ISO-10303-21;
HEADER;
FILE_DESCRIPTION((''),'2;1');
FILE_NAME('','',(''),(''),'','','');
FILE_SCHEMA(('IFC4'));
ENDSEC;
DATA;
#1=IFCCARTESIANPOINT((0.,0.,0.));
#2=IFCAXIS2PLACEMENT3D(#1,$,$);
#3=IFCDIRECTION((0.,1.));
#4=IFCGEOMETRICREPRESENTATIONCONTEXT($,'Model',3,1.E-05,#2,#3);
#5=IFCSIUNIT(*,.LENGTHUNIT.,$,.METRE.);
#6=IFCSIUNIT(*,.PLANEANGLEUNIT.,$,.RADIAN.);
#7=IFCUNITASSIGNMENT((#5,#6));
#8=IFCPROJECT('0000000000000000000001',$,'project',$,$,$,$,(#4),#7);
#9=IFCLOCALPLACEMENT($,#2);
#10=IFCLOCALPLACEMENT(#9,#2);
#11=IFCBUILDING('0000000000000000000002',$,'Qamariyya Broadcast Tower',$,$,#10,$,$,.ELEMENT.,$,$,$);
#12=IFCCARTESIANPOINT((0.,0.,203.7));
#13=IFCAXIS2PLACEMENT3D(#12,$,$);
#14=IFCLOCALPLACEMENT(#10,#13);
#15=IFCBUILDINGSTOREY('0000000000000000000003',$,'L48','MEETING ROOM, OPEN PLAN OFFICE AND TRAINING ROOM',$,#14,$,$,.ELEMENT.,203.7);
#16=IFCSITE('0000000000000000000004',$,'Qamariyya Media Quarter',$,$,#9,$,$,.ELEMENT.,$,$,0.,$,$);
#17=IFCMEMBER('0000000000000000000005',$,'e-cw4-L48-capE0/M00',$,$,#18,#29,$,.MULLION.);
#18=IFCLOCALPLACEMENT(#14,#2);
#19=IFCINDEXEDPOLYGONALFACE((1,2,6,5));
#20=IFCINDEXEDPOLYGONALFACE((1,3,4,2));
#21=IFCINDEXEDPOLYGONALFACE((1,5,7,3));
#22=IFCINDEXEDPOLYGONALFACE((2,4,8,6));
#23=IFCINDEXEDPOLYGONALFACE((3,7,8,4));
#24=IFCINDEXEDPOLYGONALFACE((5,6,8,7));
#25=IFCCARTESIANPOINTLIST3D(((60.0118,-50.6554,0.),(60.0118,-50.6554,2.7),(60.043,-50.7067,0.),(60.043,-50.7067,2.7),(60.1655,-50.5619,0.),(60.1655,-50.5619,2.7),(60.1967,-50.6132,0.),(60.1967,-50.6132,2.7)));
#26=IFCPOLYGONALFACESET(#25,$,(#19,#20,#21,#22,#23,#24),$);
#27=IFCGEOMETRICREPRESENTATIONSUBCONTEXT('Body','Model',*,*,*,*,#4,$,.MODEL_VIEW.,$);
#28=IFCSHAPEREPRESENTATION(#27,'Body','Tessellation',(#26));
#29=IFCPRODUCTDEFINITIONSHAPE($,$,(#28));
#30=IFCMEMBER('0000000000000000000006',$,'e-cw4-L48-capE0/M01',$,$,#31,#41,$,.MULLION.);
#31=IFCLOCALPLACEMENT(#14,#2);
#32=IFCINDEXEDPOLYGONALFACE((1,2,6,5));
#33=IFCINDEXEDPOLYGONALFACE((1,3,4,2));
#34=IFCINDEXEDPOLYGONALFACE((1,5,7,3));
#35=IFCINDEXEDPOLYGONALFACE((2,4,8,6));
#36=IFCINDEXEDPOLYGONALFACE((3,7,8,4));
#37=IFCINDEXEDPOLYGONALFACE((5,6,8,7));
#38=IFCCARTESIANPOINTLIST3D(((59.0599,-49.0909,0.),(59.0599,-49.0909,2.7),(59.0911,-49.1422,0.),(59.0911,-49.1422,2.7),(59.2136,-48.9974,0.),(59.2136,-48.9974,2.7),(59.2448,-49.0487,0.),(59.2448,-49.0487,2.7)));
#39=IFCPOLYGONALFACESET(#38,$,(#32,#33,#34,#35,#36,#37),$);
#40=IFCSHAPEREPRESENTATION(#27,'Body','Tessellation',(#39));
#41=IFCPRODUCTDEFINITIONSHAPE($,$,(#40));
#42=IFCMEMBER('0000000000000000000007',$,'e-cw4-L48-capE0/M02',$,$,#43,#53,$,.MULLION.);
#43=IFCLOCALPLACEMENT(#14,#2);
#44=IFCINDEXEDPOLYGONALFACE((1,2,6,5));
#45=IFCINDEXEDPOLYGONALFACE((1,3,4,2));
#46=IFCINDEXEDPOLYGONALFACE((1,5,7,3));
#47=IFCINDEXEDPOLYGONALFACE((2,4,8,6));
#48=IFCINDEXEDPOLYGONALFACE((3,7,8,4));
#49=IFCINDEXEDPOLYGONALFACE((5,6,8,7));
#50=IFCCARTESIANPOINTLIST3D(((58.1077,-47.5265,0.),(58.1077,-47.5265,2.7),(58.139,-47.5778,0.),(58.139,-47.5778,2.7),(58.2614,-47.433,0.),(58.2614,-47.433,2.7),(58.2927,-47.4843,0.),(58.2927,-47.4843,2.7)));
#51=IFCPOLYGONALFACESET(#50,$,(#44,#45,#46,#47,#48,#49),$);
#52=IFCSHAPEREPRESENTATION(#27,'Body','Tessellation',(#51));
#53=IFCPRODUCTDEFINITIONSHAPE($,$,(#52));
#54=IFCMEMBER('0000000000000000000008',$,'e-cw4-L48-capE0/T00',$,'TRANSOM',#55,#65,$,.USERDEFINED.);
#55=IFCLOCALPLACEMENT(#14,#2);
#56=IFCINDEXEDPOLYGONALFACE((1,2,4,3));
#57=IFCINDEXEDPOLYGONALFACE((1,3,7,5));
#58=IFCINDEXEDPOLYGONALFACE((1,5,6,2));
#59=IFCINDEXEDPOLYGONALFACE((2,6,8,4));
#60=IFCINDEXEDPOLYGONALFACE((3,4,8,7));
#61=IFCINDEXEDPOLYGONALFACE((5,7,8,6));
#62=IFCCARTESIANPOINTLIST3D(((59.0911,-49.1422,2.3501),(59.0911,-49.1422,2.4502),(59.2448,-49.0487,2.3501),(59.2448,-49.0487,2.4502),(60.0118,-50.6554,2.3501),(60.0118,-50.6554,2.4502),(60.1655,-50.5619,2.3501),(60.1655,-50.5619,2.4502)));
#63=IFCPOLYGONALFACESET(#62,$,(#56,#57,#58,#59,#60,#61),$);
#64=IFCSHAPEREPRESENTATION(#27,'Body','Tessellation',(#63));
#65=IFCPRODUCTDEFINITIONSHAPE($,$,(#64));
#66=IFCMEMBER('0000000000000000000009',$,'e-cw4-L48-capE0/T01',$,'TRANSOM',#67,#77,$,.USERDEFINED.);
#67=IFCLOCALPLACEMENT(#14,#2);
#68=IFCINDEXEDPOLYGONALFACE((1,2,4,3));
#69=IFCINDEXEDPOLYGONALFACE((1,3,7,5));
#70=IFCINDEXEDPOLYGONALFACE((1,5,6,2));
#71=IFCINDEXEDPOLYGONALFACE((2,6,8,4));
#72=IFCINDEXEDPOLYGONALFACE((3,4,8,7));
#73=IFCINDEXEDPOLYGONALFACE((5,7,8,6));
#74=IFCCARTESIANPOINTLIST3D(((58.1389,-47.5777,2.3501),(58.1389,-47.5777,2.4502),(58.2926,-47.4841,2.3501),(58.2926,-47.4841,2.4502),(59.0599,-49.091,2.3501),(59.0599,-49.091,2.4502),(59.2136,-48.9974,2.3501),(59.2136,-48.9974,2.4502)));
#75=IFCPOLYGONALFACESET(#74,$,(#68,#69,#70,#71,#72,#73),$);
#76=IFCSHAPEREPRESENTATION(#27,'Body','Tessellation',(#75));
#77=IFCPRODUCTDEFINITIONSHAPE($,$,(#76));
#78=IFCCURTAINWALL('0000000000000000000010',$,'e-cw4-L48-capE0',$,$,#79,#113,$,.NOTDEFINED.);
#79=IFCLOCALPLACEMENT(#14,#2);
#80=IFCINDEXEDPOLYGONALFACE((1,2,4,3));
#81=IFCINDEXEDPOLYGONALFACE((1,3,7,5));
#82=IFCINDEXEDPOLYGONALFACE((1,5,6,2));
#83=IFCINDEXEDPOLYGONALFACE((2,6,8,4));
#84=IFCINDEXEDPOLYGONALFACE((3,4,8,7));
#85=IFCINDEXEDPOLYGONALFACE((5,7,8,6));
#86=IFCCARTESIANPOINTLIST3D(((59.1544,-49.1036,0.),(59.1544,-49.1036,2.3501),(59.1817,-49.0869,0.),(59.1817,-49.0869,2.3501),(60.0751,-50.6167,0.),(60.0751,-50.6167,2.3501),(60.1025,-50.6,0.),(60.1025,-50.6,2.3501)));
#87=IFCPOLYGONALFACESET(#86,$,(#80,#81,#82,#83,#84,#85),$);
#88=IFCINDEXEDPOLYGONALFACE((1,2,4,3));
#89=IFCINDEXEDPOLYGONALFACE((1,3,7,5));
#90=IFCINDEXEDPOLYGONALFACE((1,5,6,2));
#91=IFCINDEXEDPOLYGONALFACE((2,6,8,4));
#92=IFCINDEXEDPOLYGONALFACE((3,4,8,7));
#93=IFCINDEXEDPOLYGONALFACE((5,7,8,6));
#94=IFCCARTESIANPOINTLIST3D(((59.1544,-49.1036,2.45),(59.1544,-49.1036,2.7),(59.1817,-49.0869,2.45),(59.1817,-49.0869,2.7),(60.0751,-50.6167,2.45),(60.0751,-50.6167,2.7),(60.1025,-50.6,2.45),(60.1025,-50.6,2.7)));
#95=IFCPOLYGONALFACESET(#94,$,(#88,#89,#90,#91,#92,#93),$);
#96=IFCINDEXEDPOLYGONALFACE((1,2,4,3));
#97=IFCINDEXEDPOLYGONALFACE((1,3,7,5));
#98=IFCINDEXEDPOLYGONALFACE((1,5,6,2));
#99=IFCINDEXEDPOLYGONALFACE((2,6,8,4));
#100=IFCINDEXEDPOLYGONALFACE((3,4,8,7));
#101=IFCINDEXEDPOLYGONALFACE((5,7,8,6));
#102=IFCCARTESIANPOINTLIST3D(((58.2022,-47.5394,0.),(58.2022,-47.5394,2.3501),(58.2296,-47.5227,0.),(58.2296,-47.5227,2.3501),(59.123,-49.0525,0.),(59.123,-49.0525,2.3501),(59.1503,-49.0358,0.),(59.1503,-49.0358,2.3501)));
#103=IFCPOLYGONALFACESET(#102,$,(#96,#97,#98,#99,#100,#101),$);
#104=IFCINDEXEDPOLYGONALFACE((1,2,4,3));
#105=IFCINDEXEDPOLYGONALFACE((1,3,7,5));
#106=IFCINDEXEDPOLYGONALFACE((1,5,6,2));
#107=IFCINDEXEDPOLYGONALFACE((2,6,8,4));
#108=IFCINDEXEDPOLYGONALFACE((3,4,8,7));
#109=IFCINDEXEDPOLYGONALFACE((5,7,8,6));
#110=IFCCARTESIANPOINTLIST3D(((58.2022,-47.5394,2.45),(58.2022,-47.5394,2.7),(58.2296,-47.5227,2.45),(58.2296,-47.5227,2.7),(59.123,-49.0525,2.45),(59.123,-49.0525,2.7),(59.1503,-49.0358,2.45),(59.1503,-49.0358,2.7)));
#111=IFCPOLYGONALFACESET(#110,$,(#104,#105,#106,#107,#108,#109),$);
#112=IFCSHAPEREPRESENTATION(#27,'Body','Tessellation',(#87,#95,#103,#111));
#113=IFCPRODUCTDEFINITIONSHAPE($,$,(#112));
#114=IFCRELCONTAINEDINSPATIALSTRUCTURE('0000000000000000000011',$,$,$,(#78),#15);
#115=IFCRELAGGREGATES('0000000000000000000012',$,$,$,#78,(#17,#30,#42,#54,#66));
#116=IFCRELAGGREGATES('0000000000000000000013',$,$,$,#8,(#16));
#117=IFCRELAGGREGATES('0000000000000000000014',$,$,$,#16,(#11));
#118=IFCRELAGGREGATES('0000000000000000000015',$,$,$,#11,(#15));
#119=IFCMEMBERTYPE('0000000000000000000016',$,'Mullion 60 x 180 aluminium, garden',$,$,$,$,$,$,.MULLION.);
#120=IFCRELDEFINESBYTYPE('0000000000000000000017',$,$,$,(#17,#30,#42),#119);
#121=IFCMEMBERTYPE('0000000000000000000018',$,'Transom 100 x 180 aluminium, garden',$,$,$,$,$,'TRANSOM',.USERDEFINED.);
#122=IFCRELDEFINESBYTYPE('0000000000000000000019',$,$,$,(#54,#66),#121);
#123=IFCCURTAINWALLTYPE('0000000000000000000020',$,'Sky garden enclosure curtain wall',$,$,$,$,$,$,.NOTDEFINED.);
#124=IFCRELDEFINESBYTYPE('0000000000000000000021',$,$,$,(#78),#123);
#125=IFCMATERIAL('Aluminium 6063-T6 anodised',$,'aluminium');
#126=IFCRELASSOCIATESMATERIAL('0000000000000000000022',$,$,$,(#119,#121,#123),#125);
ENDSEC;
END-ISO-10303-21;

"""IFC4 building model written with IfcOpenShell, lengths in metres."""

from ifc_helpers import new_model, si_unit, direction, frame, origin, origin_2d, place, context, subcontext, project, spatial, rectangle, extrude, material, material_profile, profile_set, type_object, element, aggregate, save


model = new_model("IFC4")

# Units and contexts
model_context = context("Model", 3, precision=1e-05, world=origin(), true_north=direction((0.0, 1.0)))
body_context = subcontext(model_context, "Body", "Model", "MODEL_VIEW")
ifc_project = project(units=[si_unit("LENGTHUNIT", "METRE"), si_unit("PLANEANGLEUNIT", "RADIAN")], contexts=[model_context])

# Members
ifc_material = material(Name="Aluminium 6063-T6 anodised", Category="aluminium")
ifc_material_profile_1 = material_profile(ifc_material, rectangle(XDim=0.1799, YDim=0.0601, at=origin_2d()))
ifc_profile_set_1 = profile_set([ifc_material_profile_1], Name="Aluminium 6063-T6 anodised")
member_type_1 = type_object("IfcMemberType", Name="Mullion 60 x 180 aluminium, garden", PredefinedType="MULLION", material=ifc_profile_set_1)
site_placement = place(None, origin())
building_placement = place(site_placement, origin())
storey_placement = place(building_placement, frame((0.0, 0.0, 203.7)))
member_1_placement = place(storey_placement, frame((60.1042, -50.6343, 0.0), z_axis=(0.0, 0.0, 1.0), x_axis=(-0.85427, -0.51983, 0.0)))
member_1 = element("IfcMember", 1, at=member_1_placement, type_object=member_type_1, Name="e-cw4-L48-capE0/M00", PredefinedType="MULLION", context=body_context, shape_type="SweptSolid", body=[
    extrude(rectangle(XDim=0.1799, YDim=0.0601, at=origin_2d()), origin(), (0.0, 0.0, 1.0), 2.7),
])
member_2_placement = place(storey_placement, frame((59.1523, -49.0698, 0.0), z_axis=(0.0, 0.0, 1.0), x_axis=(-0.85427, -0.51983, 0.0)))
member_2 = element("IfcMember", 2, at=member_2_placement, type_object=member_type_1, Name="e-cw4-L48-capE0/M01", PredefinedType="MULLION", context=body_context, shape_type="SweptSolid", body=[
    extrude(rectangle(XDim=0.1799, YDim=0.0601, at=origin_2d()), origin(), (0.0, 0.0, 1.0), 2.7),
])
member_3_placement = place(storey_placement, frame((58.2002, -47.5054, 0.0), z_axis=(0.0, 0.0, 1.0), x_axis=(-0.85427, -0.51983, 0.0)))
member_3 = element("IfcMember", 3, at=member_3_placement, type_object=member_type_1, Name="e-cw4-L48-capE0/M02", PredefinedType="MULLION", context=body_context, shape_type="SweptSolid", body=[
    extrude(rectangle(XDim=0.1799, YDim=0.0601, at=origin_2d()), origin(), (0.0, 0.0, 1.0), 2.7),
])
ifc_material_profile_2 = material_profile(ifc_material, rectangle(XDim=0.1799, YDim=0.1001, at=origin_2d()))
ifc_profile_set_2 = profile_set([ifc_material_profile_2], Name="Aluminium 6063-T6 anodised")
member_type_2 = type_object("IfcMemberType", Name="Transom 100 x 180 aluminium, garden", ElementType="TRANSOM", PredefinedType="USERDEFINED", material=ifc_profile_set_2)
member_4_placement = place(storey_placement, frame((60.0886, -50.6086, 2.4001), z_axis=(-0.519776, 0.854302, 0.0), x_axis=(-0.854302, -0.519776, 0.0)))
member_4 = element("IfcMember", 4, at=member_4_placement, type_object=member_type_2, Name="e-cw4-L48-capE0/T00", ObjectType="TRANSOM", PredefinedType="USERDEFINED", context=body_context, shape_type="SweptSolid", body=[
    extrude(rectangle(XDim=0.1799, YDim=0.1001, at=origin_2d()), origin(), (0.0, 0.0, 1.0), 1.7712),
])
member_5_placement = place(storey_placement, frame((59.1367, -49.0442, 2.4001), z_axis=(-0.519877, 0.854241, 0.0), x_axis=(-0.854241, -0.519877, 0.0)))
member_5 = element("IfcMember", 5, at=member_5_placement, type_object=member_type_2, Name="e-cw4-L48-capE0/T01", ObjectType="TRANSOM", PredefinedType="USERDEFINED", context=body_context, shape_type="SweptSolid", body=[
    extrude(rectangle(XDim=0.1799, YDim=0.1001, at=origin_2d()), origin(), (0.0, 0.0, 1.0), 1.7715),
])

# Site, building, storey
site = spatial("IfcSite", under=ifc_project, at=site_placement, Name="Qamariyya Media Quarter", CompositionType="ELEMENT", RefElevation=0.0)
building = spatial("IfcBuilding", under=site, at=building_placement, Name="Qamariyya Broadcast Tower", CompositionType="ELEMENT")
storey = spatial("IfcBuildingStorey", under=building, at=storey_placement, Name="L48", Description="MEETING ROOM, OPEN PLAN OFFICE AND TRAINING ROOM", CompositionType="ELEMENT", Elevation=203.7)

# Curtain wall
curtain_wall_type_1 = type_object("IfcCurtainWallType", Name="Sky garden enclosure curtain wall", PredefinedType="NOTDEFINED", material=ifc_material)
curtain_wall_1_placement = place(storey_placement, origin())
curtain_wall_1 = element("IfcCurtainWall", 6, at=curtain_wall_1_placement, inside=storey, type_object=curtain_wall_type_1, Name="e-cw4-L48-capE0", PredefinedType="NOTDEFINED", context=body_context, shape_type="SweptSolid", body=[
    extrude(rectangle(XDim=1.7712, YDim=0.032, at=origin_2d()), frame((59.6284, -49.8518, 0.0), x_axis=(-0.519839, 0.854264, 0.0)), (0.0, 0.0, 1.0), 2.3501),
    extrude(rectangle(XDim=1.7712, YDim=0.032, at=origin_2d()), frame((59.6284, -49.8518, 2.45), x_axis=(-0.519839, 0.854264, 0.0)), (0.0, 0.0, 1.0), 0.25),
    extrude(rectangle(XDim=1.7712, YDim=0.032, at=origin_2d()), frame((58.6763, -48.2876, 0.0), x_axis=(-0.519839, 0.854264, 0.0)), (0.0, 0.0, 1.0), 2.3501),
    extrude(rectangle(XDim=1.7712, YDim=0.032, at=origin_2d()), frame((58.6763, -48.2876, 2.45), x_axis=(-0.519839, 0.854264, 0.0)), (0.0, 0.0, 1.0), 0.25),
])
aggregate(curtain_wall_1, [member_1, member_2, member_3, member_4, member_5])

save(model, "model.ifc")
